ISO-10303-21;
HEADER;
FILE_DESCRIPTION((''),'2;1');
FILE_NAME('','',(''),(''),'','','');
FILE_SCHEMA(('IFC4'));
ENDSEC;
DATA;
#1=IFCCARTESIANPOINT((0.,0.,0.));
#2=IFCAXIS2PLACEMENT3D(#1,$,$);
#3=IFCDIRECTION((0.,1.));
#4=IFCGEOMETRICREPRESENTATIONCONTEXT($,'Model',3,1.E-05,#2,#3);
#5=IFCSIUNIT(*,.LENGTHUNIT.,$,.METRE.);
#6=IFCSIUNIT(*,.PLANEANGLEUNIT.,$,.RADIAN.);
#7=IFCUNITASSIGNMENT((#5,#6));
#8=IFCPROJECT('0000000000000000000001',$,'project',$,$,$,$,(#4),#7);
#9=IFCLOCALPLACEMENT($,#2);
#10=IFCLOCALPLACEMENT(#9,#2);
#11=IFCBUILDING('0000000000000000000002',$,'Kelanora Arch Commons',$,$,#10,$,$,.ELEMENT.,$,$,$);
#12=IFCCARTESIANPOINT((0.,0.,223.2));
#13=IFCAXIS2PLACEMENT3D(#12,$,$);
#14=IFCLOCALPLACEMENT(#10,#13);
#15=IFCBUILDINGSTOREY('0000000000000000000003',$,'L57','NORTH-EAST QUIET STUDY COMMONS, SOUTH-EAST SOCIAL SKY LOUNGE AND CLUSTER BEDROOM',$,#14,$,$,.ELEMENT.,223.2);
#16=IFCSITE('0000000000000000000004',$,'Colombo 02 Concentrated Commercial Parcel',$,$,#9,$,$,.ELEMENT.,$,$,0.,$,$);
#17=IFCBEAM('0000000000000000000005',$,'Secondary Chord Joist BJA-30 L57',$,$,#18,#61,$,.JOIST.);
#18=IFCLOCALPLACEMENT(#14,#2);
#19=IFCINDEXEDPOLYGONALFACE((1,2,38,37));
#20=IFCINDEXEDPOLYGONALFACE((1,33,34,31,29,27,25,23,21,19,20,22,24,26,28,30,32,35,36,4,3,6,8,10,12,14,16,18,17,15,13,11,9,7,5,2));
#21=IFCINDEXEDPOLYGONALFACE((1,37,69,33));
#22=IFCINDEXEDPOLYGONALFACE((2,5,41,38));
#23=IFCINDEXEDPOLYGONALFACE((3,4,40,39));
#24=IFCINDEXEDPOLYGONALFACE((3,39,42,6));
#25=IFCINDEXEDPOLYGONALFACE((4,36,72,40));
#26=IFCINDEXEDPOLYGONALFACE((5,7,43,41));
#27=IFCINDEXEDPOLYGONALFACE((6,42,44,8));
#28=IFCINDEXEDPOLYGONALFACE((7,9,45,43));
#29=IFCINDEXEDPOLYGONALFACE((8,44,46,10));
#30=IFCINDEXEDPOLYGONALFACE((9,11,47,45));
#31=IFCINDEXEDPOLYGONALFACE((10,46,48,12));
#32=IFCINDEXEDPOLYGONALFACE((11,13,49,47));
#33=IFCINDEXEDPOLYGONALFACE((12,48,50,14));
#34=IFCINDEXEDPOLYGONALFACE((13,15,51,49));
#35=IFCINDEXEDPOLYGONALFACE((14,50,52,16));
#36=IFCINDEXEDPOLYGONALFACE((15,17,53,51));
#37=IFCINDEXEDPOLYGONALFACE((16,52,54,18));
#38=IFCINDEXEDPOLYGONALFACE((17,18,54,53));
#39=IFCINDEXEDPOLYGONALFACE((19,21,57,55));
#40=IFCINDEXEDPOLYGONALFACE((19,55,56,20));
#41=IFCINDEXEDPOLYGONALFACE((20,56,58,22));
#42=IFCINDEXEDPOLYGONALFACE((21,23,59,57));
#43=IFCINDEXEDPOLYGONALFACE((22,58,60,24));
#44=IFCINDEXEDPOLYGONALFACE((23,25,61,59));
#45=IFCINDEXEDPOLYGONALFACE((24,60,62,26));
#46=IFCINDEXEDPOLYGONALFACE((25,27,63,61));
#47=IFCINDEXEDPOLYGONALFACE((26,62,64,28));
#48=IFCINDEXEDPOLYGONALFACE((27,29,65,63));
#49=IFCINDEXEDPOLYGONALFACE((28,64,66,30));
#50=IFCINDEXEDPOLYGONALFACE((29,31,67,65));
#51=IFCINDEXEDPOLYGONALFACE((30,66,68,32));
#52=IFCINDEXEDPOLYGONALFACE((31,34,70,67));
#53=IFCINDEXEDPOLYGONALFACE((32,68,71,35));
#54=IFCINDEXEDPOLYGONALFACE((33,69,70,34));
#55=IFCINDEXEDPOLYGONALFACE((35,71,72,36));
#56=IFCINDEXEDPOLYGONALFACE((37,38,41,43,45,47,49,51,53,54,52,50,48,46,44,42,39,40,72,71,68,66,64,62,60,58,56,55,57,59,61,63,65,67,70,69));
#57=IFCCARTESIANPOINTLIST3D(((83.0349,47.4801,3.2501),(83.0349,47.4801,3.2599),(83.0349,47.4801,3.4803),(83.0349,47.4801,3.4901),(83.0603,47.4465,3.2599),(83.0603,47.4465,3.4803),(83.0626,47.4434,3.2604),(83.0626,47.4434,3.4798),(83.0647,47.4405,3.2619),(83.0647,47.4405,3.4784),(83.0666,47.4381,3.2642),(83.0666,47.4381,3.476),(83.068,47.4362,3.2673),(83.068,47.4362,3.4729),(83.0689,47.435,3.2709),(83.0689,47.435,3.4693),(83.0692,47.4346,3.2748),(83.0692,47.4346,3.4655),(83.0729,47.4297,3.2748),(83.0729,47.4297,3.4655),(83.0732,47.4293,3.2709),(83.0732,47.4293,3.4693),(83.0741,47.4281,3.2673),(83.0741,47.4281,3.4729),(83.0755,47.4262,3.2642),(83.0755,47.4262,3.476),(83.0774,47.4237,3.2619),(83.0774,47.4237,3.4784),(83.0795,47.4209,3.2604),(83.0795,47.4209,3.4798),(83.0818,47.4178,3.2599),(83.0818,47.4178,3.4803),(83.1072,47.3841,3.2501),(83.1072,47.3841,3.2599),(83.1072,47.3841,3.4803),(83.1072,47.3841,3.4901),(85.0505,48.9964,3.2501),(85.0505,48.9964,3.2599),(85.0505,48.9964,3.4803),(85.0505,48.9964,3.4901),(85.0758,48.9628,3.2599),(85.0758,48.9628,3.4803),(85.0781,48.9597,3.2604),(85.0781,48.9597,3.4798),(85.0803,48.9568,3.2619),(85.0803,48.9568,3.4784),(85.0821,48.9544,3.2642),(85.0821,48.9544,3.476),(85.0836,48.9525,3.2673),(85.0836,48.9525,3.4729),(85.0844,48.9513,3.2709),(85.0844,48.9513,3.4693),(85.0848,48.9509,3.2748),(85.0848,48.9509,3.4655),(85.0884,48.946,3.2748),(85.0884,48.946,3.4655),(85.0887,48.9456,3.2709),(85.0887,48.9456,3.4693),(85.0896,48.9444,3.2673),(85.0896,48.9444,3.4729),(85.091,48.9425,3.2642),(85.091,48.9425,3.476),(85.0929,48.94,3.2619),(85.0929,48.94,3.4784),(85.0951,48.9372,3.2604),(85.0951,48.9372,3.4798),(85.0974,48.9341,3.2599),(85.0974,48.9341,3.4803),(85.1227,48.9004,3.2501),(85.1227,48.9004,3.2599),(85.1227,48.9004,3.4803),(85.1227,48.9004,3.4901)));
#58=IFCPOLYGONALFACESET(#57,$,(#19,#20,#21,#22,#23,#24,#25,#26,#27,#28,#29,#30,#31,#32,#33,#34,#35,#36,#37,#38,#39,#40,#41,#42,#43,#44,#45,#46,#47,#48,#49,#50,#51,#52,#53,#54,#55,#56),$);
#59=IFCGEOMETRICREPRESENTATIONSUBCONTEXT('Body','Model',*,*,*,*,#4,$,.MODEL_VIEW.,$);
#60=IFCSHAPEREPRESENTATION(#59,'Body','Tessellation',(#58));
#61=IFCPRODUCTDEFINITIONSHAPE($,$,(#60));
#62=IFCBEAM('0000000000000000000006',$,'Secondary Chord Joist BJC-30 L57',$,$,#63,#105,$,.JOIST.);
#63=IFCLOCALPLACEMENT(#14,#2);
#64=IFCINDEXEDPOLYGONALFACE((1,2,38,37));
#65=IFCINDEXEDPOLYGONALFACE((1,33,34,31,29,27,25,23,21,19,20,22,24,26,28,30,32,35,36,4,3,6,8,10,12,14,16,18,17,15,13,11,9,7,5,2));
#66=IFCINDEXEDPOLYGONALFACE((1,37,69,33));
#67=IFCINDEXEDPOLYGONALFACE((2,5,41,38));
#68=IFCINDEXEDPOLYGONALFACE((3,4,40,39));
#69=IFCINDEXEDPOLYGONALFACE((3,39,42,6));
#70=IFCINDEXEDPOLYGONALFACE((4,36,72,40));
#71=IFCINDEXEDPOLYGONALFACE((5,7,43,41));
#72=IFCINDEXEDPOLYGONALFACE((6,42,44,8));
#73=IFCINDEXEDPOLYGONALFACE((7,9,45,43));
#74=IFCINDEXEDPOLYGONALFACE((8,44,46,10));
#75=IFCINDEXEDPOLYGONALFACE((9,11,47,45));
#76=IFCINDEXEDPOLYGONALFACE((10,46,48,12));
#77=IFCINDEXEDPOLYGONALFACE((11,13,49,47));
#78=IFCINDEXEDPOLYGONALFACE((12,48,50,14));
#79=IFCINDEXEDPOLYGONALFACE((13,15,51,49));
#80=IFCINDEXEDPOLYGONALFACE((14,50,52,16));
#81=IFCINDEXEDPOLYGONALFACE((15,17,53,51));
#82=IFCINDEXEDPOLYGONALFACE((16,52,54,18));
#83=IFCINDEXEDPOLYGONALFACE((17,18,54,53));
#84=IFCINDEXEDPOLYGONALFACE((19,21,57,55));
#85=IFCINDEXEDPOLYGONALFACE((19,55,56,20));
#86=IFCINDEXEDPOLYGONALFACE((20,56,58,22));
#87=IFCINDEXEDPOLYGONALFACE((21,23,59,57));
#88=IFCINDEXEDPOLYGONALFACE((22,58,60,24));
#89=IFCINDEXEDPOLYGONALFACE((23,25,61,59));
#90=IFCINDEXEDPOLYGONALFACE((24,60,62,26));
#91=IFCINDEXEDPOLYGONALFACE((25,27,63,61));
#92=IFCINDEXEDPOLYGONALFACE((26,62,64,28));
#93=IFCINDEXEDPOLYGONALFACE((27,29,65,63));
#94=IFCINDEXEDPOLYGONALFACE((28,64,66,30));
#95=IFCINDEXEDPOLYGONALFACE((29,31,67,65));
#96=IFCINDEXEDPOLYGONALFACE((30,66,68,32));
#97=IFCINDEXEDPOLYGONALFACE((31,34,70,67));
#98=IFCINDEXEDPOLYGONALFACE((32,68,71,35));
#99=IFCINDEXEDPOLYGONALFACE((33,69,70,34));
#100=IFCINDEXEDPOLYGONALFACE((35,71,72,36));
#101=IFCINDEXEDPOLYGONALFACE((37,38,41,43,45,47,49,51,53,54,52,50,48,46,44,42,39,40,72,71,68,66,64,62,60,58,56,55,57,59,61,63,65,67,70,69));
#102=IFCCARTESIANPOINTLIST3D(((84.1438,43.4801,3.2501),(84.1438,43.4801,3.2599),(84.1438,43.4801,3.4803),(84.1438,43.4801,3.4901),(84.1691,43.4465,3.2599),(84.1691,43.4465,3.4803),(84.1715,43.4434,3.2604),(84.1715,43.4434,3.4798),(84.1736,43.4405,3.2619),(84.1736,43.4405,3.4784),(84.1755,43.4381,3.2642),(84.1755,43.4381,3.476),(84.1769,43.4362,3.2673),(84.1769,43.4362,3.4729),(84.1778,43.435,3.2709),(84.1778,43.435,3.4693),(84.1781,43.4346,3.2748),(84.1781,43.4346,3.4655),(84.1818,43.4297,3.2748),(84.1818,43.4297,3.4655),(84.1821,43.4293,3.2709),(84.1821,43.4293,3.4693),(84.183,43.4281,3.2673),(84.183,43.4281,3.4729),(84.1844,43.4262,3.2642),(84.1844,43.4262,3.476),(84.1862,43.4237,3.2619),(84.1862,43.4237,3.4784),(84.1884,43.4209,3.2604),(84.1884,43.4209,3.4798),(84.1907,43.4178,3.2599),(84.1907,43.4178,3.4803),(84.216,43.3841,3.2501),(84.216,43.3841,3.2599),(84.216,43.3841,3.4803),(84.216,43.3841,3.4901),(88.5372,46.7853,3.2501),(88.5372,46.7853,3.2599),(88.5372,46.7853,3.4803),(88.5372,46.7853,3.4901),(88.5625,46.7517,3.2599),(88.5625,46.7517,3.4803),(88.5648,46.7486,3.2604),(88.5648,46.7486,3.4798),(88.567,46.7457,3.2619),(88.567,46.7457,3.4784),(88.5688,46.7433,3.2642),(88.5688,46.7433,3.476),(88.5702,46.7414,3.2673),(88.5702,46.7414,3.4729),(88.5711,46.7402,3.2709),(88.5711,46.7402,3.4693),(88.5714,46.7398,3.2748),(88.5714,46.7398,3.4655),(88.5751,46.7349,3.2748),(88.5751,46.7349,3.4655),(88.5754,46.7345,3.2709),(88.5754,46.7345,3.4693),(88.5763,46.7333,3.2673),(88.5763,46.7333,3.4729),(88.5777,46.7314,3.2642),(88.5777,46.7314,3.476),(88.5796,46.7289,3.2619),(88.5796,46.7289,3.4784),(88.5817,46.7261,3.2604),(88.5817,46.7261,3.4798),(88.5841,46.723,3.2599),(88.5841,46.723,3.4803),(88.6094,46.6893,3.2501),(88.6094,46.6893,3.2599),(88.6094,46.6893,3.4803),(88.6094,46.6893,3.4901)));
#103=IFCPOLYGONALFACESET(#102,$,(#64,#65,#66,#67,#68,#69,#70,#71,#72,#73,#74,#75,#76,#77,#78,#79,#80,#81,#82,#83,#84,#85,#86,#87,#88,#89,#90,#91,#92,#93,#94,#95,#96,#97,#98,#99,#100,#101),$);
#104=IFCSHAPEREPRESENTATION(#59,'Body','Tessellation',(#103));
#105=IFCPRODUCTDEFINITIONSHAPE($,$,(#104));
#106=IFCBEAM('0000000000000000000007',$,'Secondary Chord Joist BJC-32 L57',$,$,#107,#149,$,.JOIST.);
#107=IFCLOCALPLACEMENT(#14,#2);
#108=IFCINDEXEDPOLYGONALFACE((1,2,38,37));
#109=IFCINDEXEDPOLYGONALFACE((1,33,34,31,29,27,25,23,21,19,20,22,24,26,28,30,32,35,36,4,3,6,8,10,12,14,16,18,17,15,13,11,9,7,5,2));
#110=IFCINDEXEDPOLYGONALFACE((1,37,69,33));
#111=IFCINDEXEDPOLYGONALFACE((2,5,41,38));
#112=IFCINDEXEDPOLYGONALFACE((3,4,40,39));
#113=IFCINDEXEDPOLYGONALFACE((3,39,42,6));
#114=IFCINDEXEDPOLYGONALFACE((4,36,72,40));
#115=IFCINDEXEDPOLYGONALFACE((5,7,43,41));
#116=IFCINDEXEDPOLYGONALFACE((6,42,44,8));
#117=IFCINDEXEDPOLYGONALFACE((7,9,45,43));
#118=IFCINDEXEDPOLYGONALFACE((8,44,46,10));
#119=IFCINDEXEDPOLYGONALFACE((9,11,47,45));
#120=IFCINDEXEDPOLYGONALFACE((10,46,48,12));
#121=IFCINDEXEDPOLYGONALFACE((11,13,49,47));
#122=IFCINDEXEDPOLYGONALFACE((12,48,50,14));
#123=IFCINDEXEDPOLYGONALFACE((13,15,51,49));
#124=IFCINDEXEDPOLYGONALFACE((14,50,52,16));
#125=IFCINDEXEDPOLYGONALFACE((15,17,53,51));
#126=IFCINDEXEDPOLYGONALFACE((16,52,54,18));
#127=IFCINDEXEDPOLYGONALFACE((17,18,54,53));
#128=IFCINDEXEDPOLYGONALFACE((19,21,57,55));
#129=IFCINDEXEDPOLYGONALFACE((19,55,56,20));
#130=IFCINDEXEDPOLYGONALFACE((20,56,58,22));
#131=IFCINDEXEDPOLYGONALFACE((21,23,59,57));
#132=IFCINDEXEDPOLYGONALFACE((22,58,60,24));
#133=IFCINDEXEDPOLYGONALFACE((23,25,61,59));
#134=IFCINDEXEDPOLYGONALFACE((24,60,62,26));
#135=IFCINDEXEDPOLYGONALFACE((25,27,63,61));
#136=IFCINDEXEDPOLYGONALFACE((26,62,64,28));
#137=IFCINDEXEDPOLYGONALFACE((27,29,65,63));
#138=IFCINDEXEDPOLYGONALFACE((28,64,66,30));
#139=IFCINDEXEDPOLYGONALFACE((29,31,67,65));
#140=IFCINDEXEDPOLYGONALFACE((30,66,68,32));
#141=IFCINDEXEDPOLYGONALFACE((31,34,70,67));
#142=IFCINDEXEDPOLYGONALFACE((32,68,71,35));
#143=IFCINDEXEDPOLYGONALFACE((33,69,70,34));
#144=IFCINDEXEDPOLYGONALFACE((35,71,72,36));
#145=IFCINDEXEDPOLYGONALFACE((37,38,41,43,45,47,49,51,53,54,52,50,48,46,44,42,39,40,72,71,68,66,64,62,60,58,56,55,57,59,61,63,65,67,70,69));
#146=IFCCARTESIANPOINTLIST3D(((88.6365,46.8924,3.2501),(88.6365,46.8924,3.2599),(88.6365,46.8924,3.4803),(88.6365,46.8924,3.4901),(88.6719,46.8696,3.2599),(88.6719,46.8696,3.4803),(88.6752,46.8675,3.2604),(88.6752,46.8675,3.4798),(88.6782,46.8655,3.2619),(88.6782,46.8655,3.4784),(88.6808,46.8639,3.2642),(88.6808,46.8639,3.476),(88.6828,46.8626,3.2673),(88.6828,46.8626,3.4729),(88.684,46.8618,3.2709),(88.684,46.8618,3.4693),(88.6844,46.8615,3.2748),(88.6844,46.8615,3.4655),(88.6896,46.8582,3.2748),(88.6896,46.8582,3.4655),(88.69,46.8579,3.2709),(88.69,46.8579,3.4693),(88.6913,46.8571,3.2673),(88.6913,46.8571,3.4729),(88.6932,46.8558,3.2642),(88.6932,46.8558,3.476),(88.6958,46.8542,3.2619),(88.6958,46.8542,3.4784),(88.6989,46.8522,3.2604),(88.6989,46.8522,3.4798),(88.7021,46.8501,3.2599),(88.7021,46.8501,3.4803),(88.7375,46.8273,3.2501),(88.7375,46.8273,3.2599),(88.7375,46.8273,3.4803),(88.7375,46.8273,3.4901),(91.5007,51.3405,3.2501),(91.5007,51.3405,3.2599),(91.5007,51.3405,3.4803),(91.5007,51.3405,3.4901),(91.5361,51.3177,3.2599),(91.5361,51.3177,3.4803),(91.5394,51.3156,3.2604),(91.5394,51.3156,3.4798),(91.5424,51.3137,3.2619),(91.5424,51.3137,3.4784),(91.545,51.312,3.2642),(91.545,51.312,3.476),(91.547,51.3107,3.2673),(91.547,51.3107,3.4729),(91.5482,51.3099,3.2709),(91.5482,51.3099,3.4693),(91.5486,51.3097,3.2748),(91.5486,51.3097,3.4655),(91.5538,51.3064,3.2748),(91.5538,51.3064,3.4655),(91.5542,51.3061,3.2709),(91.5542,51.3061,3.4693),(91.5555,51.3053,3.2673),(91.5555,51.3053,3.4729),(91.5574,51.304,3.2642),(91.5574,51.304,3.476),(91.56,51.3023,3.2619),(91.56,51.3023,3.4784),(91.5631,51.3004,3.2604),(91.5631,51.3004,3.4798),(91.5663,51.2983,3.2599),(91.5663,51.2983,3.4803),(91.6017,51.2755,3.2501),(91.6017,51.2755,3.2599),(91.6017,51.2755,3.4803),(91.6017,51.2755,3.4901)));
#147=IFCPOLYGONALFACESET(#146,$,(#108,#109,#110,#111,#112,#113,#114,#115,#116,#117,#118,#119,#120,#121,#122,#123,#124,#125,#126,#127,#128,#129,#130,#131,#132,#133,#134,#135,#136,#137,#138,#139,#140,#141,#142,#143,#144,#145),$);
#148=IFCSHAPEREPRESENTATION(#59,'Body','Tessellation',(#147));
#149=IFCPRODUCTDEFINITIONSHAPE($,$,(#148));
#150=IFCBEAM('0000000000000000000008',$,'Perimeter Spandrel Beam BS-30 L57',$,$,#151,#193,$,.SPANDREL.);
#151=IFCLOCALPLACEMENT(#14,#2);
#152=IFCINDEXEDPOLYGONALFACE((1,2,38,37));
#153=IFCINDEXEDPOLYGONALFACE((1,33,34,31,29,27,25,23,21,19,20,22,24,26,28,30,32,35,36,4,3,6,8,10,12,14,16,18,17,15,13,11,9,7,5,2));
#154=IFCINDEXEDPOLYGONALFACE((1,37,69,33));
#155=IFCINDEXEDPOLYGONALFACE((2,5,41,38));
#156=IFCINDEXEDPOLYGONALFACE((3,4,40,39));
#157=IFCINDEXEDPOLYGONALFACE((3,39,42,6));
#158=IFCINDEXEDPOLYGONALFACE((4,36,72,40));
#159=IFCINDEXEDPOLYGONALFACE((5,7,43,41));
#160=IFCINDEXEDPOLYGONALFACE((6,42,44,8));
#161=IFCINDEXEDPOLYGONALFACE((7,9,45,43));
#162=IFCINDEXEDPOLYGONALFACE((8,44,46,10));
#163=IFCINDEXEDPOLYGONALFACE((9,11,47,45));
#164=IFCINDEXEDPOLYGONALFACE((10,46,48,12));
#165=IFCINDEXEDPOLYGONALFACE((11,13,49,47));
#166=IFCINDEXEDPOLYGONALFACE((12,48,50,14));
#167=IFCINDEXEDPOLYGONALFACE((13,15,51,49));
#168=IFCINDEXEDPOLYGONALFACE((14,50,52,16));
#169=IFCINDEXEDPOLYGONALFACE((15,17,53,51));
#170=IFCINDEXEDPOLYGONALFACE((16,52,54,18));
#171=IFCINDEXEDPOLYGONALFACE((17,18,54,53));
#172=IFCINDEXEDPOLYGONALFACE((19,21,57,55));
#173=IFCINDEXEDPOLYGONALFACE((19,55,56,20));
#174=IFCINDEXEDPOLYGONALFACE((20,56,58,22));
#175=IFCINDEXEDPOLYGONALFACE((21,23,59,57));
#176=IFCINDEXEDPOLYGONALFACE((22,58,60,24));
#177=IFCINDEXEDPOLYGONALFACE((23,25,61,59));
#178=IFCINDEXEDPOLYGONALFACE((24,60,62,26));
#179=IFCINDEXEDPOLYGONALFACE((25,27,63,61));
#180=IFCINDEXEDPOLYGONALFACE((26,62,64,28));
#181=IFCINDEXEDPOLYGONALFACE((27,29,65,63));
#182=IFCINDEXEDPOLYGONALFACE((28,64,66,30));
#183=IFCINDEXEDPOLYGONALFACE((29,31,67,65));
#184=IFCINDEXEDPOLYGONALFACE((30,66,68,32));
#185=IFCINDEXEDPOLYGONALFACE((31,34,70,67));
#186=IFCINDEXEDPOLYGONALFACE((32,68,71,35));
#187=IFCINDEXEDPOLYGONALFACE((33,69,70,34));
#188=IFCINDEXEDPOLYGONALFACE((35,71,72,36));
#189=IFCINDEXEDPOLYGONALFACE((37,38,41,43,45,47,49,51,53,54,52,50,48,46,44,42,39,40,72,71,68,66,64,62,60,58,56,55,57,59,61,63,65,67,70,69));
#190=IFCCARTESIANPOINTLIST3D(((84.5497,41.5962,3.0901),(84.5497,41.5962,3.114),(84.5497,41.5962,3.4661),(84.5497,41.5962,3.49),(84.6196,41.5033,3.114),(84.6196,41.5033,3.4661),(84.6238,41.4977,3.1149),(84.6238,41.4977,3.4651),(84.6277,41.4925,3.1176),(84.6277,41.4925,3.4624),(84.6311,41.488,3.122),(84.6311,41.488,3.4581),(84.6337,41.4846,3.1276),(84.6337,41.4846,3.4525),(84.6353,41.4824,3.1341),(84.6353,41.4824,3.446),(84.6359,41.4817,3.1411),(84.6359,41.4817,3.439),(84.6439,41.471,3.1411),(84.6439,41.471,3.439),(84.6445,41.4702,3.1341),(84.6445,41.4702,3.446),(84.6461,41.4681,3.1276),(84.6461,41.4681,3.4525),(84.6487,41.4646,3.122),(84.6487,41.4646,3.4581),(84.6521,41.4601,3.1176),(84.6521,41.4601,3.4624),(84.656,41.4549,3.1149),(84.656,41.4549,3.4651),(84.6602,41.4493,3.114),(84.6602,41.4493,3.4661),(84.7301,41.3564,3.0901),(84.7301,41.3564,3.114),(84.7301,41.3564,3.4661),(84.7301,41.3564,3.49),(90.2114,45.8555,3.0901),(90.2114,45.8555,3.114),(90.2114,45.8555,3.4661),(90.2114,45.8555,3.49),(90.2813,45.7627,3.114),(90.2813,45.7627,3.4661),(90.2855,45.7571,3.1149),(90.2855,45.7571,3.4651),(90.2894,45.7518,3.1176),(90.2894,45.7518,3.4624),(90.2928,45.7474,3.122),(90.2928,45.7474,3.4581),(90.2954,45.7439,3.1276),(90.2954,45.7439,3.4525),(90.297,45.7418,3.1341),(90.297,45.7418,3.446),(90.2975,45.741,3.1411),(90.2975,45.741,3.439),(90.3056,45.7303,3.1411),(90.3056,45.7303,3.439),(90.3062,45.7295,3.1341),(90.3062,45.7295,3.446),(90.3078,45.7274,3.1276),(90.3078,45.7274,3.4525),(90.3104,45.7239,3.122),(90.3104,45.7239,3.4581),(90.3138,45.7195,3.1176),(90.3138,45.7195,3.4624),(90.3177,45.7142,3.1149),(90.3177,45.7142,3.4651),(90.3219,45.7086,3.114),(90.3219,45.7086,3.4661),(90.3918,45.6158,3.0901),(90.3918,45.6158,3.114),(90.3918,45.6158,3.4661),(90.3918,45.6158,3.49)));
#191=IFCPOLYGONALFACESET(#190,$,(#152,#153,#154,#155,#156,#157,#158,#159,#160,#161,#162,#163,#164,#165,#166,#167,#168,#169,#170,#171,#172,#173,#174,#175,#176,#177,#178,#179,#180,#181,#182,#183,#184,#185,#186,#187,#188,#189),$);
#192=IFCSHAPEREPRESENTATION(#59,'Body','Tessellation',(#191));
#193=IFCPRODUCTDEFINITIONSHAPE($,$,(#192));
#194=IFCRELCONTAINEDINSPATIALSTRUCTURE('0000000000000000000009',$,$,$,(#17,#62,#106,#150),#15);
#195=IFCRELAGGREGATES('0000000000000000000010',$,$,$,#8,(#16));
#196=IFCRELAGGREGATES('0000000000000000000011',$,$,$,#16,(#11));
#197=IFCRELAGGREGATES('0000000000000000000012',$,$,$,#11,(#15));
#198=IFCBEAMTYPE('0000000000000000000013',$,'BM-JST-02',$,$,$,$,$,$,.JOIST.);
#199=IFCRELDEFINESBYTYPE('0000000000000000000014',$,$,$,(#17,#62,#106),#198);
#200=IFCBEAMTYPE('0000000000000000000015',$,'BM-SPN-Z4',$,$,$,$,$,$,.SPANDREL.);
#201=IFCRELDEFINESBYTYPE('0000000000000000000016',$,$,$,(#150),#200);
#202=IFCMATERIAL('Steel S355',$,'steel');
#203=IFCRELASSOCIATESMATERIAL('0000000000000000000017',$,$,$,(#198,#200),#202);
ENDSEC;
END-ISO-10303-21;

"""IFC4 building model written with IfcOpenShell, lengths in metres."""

from ifc_helpers import new_model, si_unit, direction, frame, origin, origin_2d, place, context, subcontext, project, spatial, i_section, extrude, material, material_profile, profile_set, type_object, element, save


model = new_model("IFC4")

# Units and contexts
model_context = context("Model", 3, precision=1e-05, world=origin(), true_north=direction((0.0, 1.0)))
body_context = subcontext(model_context, "Body", "Model", "MODEL_VIEW")
ifc_project = project(units=[si_unit("LENGTHUNIT", "METRE"), si_unit("PLANEANGLEUNIT", "RADIAN")], contexts=[model_context])

# Site, building, storey
site_placement = place(None, origin())
site = spatial("IfcSite", under=ifc_project, at=site_placement, Name="Colombo 02 Concentrated Commercial Parcel", CompositionType="ELEMENT", RefElevation=0.0)
building_placement = place(site_placement, origin())
building = spatial("IfcBuilding", under=site, at=building_placement, Name="Kelanora Arch Commons", CompositionType="ELEMENT")
storey_placement = place(building_placement, frame((0.0, 0.0, 223.2)))
storey = spatial("IfcBuildingStorey", under=building, at=storey_placement, Name="L57", Description="NORTH-EAST QUIET STUDY COMMONS, SOUTH-EAST SOCIAL SKY LOUNGE AND CLUSTER BEDROOM", CompositionType="ELEMENT", Elevation=223.2)

# Beams
ifc_material_1 = material(Name="Steel S355", Category="steel")
ifc_material_profile_1 = material_profile(ifc_material_1, i_section(OverallWidth=0.1201, OverallDepth=0.24, WebThickness=0.0061, FlangeThickness=0.0098, FilletRadius=0.0149, at=origin_2d()), Name="IPE240")
ifc_profile_set_1 = profile_set([ifc_material_profile_1], Name="Steel S355")
beam_type_1 = type_object("IfcBeamType", Name="BM-JST-02", PredefinedType="JOIST", material=ifc_profile_set_1)
beam_1_placement = place(storey_placement, frame((83.071, 47.4321, 3.3701), z_axis=(0.799116, 0.601176, 0.0), x_axis=(-0.601176, 0.799116, 0.0)))
element("IfcBeam", 1, at=beam_1_placement, inside=storey, type_object=beam_type_1, Name="Secondary Chord Joist BJA-30 L57", PredefinedType="JOIST", context=body_context, shape_type="SweptSolid", body=[
    extrude(i_section(OverallWidth=0.1201, OverallDepth=0.24, WebThickness=0.0061, FlangeThickness=0.0098, FilletRadius=0.0149, at=origin_2d()), origin(), (0.0, 0.0, 1.0), 2.5222),
])
beam_2_placement = place(storey_placement, frame((84.1799, 43.4321, 3.3701), z_axis=(0.799109, 0.601186, 0.0), x_axis=(-0.601186, 0.799109, 0.0)))
element("IfcBeam", 2, at=beam_2_placement, inside=storey, type_object=beam_type_1, Name="Secondary Chord Joist BJC-30 L57", PredefinedType="JOIST", context=body_context, shape_type="SweptSolid", body=[
    extrude(i_section(OverallWidth=0.1201, OverallDepth=0.24, WebThickness=0.0061, FlangeThickness=0.0098, FilletRadius=0.0149, at=origin_2d()), origin(), (0.0, 0.0, 1.0), 5.4978),
])
beam_3_placement = place(storey_placement, frame((88.687, 46.8599, 3.3701), z_axis=(0.541382, 0.840776, 0.0), x_axis=(-0.840776, 0.541382, 0.0)))
element("IfcBeam", 3, at=beam_3_placement, inside=storey, type_object=beam_type_1, Name="Secondary Chord Joist BJC-32 L57", PredefinedType="JOIST", context=body_context, shape_type="SweptSolid", body=[
    extrude(i_section(OverallWidth=0.1201, OverallDepth=0.24, WebThickness=0.0061, FlangeThickness=0.0098, FilletRadius=0.0149, at=origin_2d()), origin(), (0.0, 0.0, 1.0), 5.2905),
])
ifc_material_profile_2 = material_profile(ifc_material_1, i_section(OverallWidth=0.3, OverallDepth=0.3999, WebThickness=0.0134, FlangeThickness=0.0239, FilletRadius=0.0271, at=origin_2d()), Name="HEB400")
ifc_profile_set_2 = profile_set([ifc_material_profile_2], Name="Steel S355")
beam_type_2 = type_object("IfcBeamType", Name="BM-SPN-Z4", PredefinedType="SPANDREL", material=ifc_profile_set_2)
beam_4_placement = place(storey_placement, frame((84.6399, 41.4763, 3.29), z_axis=(0.799114, 0.601179, 0.0), x_axis=(-0.601179, 0.799114, 0.0)))
element("IfcBeam", 4, at=beam_4_placement, inside=storey, type_object=beam_type_2, Name="Perimeter Spandrel Beam BS-30 L57", PredefinedType="SPANDREL", context=body_context, shape_type="SweptSolid", body=[
    extrude(i_section(OverallWidth=0.3, OverallDepth=0.3999, WebThickness=0.0134, FlangeThickness=0.0239, FilletRadius=0.0271, at=origin_2d()), origin(), (0.0, 0.0, 1.0), 7.085),
])

save(model, "model.ifc")
